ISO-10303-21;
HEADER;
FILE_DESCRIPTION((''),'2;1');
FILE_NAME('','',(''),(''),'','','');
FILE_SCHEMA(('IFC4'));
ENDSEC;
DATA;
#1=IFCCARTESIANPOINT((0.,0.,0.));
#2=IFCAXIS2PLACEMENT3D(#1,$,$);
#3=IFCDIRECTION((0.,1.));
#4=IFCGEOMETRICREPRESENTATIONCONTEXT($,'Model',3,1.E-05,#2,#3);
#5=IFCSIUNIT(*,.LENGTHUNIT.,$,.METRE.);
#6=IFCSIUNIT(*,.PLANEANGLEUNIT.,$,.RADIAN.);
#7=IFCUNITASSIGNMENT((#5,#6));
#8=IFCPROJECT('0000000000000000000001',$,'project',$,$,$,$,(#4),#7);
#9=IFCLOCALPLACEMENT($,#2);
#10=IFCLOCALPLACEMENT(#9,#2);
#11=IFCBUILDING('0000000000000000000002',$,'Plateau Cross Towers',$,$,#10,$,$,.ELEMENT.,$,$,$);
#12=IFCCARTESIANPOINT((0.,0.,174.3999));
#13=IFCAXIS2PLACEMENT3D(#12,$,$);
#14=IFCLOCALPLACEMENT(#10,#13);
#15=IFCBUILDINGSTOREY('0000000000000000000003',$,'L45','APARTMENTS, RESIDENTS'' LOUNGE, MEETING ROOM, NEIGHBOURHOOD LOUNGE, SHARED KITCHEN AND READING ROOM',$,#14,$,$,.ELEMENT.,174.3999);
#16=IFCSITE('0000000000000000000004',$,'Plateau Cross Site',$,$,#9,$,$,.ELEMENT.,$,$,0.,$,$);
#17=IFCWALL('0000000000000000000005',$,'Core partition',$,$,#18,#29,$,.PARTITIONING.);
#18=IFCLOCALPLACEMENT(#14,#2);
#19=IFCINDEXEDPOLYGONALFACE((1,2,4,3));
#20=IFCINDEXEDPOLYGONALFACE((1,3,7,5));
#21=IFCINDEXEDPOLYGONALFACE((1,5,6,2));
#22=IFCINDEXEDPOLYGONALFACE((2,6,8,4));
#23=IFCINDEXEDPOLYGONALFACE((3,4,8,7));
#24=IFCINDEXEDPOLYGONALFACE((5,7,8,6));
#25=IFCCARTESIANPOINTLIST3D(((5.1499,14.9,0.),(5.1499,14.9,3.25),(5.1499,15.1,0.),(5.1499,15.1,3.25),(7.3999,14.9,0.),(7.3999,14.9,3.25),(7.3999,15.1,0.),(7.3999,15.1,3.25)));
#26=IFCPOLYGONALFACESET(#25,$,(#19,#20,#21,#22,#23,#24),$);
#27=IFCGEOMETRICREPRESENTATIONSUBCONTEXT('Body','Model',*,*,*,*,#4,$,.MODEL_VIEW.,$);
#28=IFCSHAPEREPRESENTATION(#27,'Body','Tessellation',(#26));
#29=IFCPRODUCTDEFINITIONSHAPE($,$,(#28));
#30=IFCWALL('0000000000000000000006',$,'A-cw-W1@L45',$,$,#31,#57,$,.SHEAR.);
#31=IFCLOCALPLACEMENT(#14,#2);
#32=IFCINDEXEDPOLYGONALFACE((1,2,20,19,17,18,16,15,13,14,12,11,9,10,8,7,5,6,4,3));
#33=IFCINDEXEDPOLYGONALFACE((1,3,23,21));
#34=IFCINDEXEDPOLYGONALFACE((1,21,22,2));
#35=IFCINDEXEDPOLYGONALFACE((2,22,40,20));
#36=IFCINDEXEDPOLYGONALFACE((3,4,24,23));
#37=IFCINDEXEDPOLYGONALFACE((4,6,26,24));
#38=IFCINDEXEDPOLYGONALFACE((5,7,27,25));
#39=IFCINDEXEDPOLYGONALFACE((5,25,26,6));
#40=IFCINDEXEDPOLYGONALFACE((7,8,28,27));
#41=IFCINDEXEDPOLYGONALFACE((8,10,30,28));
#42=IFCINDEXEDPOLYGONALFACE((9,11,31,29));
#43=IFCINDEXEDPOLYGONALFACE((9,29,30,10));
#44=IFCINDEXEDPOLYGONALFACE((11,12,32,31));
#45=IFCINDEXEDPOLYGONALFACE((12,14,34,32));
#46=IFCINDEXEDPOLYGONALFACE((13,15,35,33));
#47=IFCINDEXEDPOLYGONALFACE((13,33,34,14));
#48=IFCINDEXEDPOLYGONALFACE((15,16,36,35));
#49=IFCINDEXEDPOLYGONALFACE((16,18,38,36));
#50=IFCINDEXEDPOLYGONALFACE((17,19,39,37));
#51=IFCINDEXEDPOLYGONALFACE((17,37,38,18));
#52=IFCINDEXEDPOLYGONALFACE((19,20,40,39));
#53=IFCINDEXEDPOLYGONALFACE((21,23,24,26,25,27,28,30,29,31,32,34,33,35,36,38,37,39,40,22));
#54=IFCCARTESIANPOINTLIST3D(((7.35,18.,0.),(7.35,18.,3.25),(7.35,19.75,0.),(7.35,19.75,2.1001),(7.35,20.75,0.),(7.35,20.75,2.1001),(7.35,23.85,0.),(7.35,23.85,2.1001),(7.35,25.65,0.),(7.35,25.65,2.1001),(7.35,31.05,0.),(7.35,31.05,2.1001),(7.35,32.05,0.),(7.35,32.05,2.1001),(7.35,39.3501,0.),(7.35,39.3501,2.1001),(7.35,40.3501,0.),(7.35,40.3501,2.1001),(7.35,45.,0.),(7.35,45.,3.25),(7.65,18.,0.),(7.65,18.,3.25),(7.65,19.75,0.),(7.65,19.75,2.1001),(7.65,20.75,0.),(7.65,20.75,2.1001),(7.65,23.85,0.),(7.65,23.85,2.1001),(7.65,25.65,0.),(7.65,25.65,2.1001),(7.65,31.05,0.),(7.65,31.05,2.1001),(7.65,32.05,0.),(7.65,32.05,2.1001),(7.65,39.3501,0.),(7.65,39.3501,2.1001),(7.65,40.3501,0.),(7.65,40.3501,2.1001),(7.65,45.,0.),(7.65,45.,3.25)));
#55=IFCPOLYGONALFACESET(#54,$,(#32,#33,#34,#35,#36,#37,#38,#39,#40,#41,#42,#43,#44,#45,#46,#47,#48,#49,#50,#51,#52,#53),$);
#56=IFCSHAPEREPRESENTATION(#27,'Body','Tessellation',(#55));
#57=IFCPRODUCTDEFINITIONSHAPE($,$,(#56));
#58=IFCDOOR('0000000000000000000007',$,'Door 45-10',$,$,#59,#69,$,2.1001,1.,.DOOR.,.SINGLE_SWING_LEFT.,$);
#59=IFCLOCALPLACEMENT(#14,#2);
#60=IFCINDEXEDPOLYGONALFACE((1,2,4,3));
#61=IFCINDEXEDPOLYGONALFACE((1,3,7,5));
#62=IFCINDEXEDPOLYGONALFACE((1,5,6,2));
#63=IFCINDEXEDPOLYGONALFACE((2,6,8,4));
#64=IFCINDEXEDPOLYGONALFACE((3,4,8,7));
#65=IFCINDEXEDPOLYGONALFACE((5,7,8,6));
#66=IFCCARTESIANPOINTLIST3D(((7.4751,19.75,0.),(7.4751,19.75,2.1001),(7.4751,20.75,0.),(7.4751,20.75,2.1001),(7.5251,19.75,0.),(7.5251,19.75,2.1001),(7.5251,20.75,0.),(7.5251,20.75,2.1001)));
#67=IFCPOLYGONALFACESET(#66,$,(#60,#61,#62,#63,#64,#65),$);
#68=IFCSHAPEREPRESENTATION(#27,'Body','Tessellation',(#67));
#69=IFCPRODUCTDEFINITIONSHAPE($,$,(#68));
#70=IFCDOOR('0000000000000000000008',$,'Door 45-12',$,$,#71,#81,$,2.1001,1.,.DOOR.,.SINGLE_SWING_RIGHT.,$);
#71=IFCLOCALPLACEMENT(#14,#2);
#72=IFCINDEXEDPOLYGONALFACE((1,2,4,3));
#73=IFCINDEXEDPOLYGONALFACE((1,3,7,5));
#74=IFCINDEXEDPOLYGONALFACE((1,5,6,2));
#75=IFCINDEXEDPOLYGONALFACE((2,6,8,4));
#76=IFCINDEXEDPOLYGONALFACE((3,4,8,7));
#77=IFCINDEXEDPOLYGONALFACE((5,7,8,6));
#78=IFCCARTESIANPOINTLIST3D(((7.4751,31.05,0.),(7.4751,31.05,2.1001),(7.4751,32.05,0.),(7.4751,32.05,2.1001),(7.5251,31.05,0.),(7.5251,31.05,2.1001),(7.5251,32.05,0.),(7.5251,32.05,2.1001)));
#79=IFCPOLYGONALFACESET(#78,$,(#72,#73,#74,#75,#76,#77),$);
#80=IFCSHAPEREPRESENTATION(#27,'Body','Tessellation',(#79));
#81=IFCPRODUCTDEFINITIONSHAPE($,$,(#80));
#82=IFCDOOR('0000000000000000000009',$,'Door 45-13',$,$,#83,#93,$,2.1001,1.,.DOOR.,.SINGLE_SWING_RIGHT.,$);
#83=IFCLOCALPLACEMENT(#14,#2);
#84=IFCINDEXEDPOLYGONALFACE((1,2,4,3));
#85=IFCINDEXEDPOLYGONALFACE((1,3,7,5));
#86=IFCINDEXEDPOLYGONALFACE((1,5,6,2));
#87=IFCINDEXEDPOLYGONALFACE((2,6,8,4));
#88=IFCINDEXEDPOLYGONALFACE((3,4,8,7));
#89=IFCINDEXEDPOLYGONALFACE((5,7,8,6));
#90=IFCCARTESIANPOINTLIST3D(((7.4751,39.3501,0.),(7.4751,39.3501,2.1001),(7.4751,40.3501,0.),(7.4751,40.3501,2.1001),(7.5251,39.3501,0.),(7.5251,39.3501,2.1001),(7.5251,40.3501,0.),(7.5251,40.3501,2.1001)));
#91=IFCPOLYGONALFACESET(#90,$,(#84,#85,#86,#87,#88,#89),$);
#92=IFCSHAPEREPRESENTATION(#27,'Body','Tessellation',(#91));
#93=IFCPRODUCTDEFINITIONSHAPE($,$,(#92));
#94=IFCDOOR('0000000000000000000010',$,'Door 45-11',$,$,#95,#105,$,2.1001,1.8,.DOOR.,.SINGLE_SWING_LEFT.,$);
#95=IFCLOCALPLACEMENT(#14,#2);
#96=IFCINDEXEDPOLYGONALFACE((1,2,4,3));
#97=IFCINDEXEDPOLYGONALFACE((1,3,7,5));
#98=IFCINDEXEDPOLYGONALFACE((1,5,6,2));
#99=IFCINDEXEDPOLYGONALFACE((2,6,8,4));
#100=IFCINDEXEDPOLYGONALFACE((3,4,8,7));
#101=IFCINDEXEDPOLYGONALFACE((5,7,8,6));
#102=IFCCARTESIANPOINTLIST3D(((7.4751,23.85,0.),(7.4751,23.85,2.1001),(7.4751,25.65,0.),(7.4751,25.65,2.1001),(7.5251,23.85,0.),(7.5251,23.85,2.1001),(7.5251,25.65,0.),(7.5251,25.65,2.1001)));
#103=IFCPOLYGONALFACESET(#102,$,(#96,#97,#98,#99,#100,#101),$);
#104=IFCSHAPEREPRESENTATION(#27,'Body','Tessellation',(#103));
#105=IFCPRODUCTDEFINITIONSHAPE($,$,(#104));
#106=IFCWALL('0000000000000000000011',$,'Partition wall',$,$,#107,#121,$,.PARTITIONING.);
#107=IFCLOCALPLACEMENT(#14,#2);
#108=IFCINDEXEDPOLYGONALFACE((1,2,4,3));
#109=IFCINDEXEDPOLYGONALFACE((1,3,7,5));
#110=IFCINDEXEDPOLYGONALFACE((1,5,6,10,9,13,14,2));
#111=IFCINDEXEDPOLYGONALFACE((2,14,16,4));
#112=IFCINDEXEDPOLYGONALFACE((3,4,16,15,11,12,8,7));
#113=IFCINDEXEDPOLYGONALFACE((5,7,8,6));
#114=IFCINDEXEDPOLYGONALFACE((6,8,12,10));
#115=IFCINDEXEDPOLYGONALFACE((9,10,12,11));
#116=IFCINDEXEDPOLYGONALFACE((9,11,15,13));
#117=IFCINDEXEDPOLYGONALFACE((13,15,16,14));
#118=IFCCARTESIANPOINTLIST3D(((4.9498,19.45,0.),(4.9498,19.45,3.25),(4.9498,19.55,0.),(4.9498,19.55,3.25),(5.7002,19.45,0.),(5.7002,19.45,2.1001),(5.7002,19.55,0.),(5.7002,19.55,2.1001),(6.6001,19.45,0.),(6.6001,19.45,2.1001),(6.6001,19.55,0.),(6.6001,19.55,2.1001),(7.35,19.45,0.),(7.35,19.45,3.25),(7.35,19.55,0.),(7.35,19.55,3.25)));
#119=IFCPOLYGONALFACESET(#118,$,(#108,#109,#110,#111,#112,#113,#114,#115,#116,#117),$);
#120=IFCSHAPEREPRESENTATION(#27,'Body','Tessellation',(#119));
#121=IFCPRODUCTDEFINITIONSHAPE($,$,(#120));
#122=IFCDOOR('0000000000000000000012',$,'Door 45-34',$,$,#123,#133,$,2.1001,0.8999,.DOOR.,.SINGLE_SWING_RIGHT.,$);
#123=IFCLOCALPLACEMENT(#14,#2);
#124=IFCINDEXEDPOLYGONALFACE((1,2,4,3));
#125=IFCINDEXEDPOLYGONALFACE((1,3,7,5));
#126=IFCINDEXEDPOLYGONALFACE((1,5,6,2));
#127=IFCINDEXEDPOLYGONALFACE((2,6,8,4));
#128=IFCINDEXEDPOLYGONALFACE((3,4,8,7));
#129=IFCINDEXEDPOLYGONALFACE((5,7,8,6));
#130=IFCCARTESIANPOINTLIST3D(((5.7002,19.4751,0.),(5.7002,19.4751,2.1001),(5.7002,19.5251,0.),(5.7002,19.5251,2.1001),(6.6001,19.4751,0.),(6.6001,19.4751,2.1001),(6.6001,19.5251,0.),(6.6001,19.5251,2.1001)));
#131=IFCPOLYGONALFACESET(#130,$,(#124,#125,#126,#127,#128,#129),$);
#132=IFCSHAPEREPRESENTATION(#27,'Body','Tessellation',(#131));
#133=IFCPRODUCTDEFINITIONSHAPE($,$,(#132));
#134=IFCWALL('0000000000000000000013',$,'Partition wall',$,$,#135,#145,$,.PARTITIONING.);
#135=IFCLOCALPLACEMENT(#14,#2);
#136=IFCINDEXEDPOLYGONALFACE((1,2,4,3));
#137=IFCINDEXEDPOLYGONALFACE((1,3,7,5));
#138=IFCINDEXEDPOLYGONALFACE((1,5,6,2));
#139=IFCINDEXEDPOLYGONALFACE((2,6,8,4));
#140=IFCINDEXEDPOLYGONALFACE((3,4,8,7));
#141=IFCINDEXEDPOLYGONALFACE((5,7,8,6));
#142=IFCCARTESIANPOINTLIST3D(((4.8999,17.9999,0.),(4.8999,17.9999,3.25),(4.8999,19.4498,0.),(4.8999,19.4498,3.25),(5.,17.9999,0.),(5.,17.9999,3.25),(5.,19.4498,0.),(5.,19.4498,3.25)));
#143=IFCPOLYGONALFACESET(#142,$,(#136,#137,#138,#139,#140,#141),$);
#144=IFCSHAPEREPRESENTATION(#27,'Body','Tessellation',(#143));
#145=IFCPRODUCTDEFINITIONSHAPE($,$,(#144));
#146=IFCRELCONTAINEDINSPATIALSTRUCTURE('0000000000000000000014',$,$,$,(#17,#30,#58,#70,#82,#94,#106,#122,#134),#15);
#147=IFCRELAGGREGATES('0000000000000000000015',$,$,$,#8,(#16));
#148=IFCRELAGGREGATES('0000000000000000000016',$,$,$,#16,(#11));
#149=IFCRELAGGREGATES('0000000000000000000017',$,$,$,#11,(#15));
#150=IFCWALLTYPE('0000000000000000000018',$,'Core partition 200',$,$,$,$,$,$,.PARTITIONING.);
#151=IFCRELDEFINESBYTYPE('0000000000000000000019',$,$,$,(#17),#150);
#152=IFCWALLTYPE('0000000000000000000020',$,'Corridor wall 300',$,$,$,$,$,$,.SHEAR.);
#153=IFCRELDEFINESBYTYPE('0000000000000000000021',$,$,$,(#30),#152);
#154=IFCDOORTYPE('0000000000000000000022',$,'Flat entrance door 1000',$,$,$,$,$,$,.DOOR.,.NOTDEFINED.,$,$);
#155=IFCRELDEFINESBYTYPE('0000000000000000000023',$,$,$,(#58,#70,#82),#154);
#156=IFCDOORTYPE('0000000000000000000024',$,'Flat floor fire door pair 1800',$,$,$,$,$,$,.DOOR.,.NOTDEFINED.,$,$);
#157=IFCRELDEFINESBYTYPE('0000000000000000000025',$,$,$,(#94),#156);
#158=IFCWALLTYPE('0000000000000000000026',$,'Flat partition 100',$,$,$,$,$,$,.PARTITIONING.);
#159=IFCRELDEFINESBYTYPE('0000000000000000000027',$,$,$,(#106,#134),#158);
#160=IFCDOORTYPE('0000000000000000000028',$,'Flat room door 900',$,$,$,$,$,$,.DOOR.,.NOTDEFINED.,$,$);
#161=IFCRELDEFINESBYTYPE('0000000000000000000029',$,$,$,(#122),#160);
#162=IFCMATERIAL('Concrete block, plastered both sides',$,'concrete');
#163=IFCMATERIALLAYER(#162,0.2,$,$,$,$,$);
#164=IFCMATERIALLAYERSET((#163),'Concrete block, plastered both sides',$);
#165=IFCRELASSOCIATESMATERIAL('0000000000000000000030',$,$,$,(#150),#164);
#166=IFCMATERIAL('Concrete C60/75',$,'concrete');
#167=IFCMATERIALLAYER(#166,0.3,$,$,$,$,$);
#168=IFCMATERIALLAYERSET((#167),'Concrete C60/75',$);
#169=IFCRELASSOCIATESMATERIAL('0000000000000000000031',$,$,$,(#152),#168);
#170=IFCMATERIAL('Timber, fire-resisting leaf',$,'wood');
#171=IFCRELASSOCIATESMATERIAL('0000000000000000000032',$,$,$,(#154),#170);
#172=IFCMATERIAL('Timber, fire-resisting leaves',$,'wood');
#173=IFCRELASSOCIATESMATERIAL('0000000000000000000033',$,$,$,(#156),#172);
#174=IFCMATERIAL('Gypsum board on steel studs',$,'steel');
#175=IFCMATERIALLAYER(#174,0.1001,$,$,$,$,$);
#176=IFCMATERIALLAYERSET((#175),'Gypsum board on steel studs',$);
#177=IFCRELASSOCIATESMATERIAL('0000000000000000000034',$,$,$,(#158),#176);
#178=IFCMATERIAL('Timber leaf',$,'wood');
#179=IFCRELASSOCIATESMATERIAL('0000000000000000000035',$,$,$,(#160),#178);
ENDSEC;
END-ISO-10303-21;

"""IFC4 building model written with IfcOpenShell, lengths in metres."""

from ifc_helpers import new_model, si_unit, direction, frame, frame_2d, origin, place, context, subcontext, project, spatial, rectangle, extrude, material, layer, layer_set, type_object, element, fill, save


model = new_model("IFC4")

# Units and contexts
model_context = context("Model", 3, precision=1e-05, world=origin(), true_north=direction((0.0, 1.0)))
body_context = subcontext(model_context, "Body", "Model", "MODEL_VIEW")
ifc_project = project(units=[si_unit("LENGTHUNIT", "METRE"), si_unit("PLANEANGLEUNIT", "RADIAN")], contexts=[model_context])

# Site, building, storey
site_placement = place(None, origin())
site = spatial("IfcSite", under=ifc_project, at=site_placement, Name="Plateau Cross Site", CompositionType="ELEMENT", RefElevation=0.0)
building_placement = place(site_placement, origin())
building = spatial("IfcBuilding", under=site, at=building_placement, Name="Plateau Cross Towers", CompositionType="ELEMENT")
storey_placement = place(building_placement, frame((0.0, 0.0, 174.3999)))
storey = spatial("IfcBuildingStorey", under=building, at=storey_placement, Name="L45", Description="APARTMENTS, RESIDENTS' LOUNGE, MEETING ROOM, NEIGHBOURHOOD LOUNGE, SHARED KITCHEN AND READING ROOM", CompositionType="ELEMENT", Elevation=174.3999)

# Wall
ifc_material_1 = material(Name="Concrete block, plastered both sides", Category="concrete")
ifc_layer_1 = layer(ifc_material_1, 0.2)
ifc_layer_set_1 = layer_set([ifc_layer_1], Name="Concrete block, plastered both sides")
wall_type_1 = type_object("IfcWallType", Name="Core partition 200", PredefinedType="PARTITIONING", material=ifc_layer_set_1)
wall_1_placement = place(storey_placement, frame((5.1499, 15.0, 0.0), z_axis=(0.0, 0.0, 1.0), x_axis=(1.0, 0.0, 0.0)))
element("IfcWall", 1, at=wall_1_placement, inside=storey, type_object=wall_type_1, Name="Core partition", PredefinedType="PARTITIONING", context=body_context, shape_type="SweptSolid", body=[
    extrude(rectangle(XDim=2.25, YDim=0.2, at=frame_2d((1.125, 0.0))), origin(), (0.0, 0.0, 1.0), 3.25),
])

# Wall, openings, doors
ifc_material_2 = material(Name="Concrete C60/75", Category="concrete")
ifc_layer_2 = layer(ifc_material_2, 0.3)
ifc_layer_set_2 = layer_set([ifc_layer_2], Name="Concrete C60/75")
wall_type_2 = type_object("IfcWallType", Name="Corridor wall 300", PredefinedType="SHEAR", material=ifc_layer_set_2)
wall_2_placement = place(storey_placement, frame((7.5, 18.0, 0.0), z_axis=(0.0, 0.0, 1.0), x_axis=(0.0, 1.0, 0.0)))
wall_2 = element("IfcWall", 2, at=wall_2_placement, inside=storey, type_object=wall_type_2, Name="A-cw-W1@L45", PredefinedType="SHEAR", context=body_context, shape_type="SweptSolid", body=[
    extrude(rectangle(XDim=27.0, YDim=0.3, at=frame_2d((13.5, 0.0))), origin(), (0.0, 0.0, 1.0), 3.25),
])
opening_1_placement = place(wall_2_placement, frame((1.75, 0.0, 0.0)))
opening_1 = element("IfcOpeningElement", 3, at=opening_1_placement, cuts=wall_2, PredefinedType="OPENING", context=body_context, shape_type="SweptSolid", body=[
    extrude(rectangle(XDim=1.0, YDim=2.1001, at=frame_2d((0.5, 1.05))), frame((0.0, 0.1599, 0.0), z_axis=(0.0, -1.0, 0.0), x_axis=(1.0, 0.0, 0.0)), (0.0, 0.0, 1.0), 0.3201),
])
opening_2_placement = place(wall_2_placement, frame((5.8501, 0.0, 0.0)))
opening_2 = element("IfcOpeningElement", 4, at=opening_2_placement, cuts=wall_2, PredefinedType="OPENING", context=body_context, shape_type="SweptSolid", body=[
    extrude(rectangle(XDim=1.8, YDim=2.1001, at=frame_2d((0.8999, 1.05))), frame((0.0, 0.1599, 0.0), z_axis=(0.0, -1.0, 0.0), x_axis=(1.0, 0.0, 0.0)), (0.0, 0.0, 1.0), 0.3201),
])
opening_3_placement = place(wall_2_placement, frame((13.05, 0.0, 0.0)))
opening_3 = element("IfcOpeningElement", 5, at=opening_3_placement, cuts=wall_2, PredefinedType="OPENING", context=body_context, shape_type="SweptSolid", body=[
    extrude(rectangle(XDim=1.0, YDim=2.1001, at=frame_2d((0.5, 1.05))), frame((0.0, 0.1599, 0.0), z_axis=(0.0, -1.0, 0.0), x_axis=(1.0, 0.0, 0.0)), (0.0, 0.0, 1.0), 0.3201),
])
opening_4_placement = place(wall_2_placement, frame((21.3501, 0.0, 0.0)))
opening_4 = element("IfcOpeningElement", 6, at=opening_4_placement, cuts=wall_2, PredefinedType="OPENING", context=body_context, shape_type="SweptSolid", body=[
    extrude(rectangle(XDim=1.0, YDim=2.1001, at=frame_2d((0.5, 1.05))), frame((0.0, 0.1599, 0.0), z_axis=(0.0, -1.0, 0.0), x_axis=(1.0, 0.0, 0.0)), (0.0, 0.0, 1.0), 0.3201),
])
ifc_material_3 = material(Name="Timber, fire-resisting leaf", Category="wood")
door_type_1 = type_object("IfcDoorType", Name="Flat entrance door 1000", OperationType="NOTDEFINED", PredefinedType="DOOR", material=ifc_material_3)
door_1_placement = place(opening_1_placement, origin())
door_1 = element("IfcDoor", 7, at=door_1_placement, inside=storey, type_object=door_type_1, Name="Door 45-10", OperationType="SINGLE_SWING_LEFT", OverallHeight=2.1001, OverallWidth=1.0, PredefinedType="DOOR", context=body_context, shape_type="SweptSolid", body=[
    extrude(rectangle(XDim=1.0, YDim=2.1001, at=frame_2d((0.5, 1.05))), frame((0.0, 0.0249, 0.0), z_axis=(0.0, -1.0, 0.0), x_axis=(1.0, 0.0, 0.0)), (0.0, 0.0, 1.0), 0.05),
])
fill(opening_1, door_1)
door_2_placement = place(opening_3_placement, origin())
door_2 = element("IfcDoor", 8, at=door_2_placement, inside=storey, type_object=door_type_1, Name="Door 45-12", OperationType="SINGLE_SWING_RIGHT", OverallHeight=2.1001, OverallWidth=1.0, PredefinedType="DOOR", context=body_context, shape_type="SweptSolid", body=[
    extrude(rectangle(XDim=1.0, YDim=2.1001, at=frame_2d((0.5, 1.05))), frame((0.0, 0.0249, 0.0), z_axis=(0.0, -1.0, 0.0), x_axis=(1.0, 0.0, 0.0)), (0.0, 0.0, 1.0), 0.05),
])
fill(opening_3, door_2)
door_3_placement = place(opening_4_placement, origin())
door_3 = element("IfcDoor", 9, at=door_3_placement, inside=storey, type_object=door_type_1, Name="Door 45-13", OperationType="SINGLE_SWING_RIGHT", OverallHeight=2.1001, OverallWidth=1.0, PredefinedType="DOOR", context=body_context, shape_type="SweptSolid", body=[
    extrude(rectangle(XDim=1.0, YDim=2.1001, at=frame_2d((0.5, 1.05))), frame((0.0, 0.0249, 0.0), z_axis=(0.0, -1.0, 0.0), x_axis=(1.0, 0.0, 0.0)), (0.0, 0.0, 1.0), 0.05),
])
fill(opening_4, door_3)
ifc_material_4 = material(Name="Timber, fire-resisting leaves", Category="wood")
door_type_2 = type_object("IfcDoorType", Name="Flat floor fire door pair 1800", OperationType="NOTDEFINED", PredefinedType="DOOR", material=ifc_material_4)
door_4_placement = place(opening_2_placement, origin())
door_4 = element("IfcDoor", 10, at=door_4_placement, inside=storey, type_object=door_type_2, Name="Door 45-11", OperationType="SINGLE_SWING_LEFT", OverallHeight=2.1001, OverallWidth=1.8, PredefinedType="DOOR", context=body_context, shape_type="SweptSolid", body=[
    extrude(rectangle(XDim=1.8, YDim=2.1001, at=frame_2d((0.8999, 1.05))), frame((0.0, 0.0249, 0.0), z_axis=(0.0, -1.0, 0.0), x_axis=(1.0, 0.0, 0.0)), (0.0, 0.0, 1.0), 0.05),
])
fill(opening_2, door_4)

# Wall, opening, door
ifc_material_5 = material(Name="Gypsum board on steel studs", Category="steel")
ifc_layer_3 = layer(ifc_material_5, 0.1001)
ifc_layer_set_3 = layer_set([ifc_layer_3], Name="Gypsum board on steel studs")
wall_type_3 = type_object("IfcWallType", Name="Flat partition 100", PredefinedType="PARTITIONING", material=ifc_layer_set_3)
wall_3_placement = place(storey_placement, frame((7.3501, 19.5, 0.0), z_axis=(0.0, 0.0, 1.0), x_axis=(-1.0, 0.0, 0.0)))
wall_3 = element("IfcWall", 11, at=wall_3_placement, inside=storey, type_object=wall_type_3, Name="Partition wall", PredefinedType="PARTITIONING", context=body_context, shape_type="SweptSolid", body=[
    extrude(rectangle(XDim=2.4001, YDim=0.1001, at=frame_2d((1.2002, 0.0))), origin(), (0.0, 0.0, 1.0), 3.25),
])
opening_5_placement = place(wall_3_placement, frame((0.75, 0.0, 0.0)))
opening_5 = element("IfcOpeningElement", 12, at=opening_5_placement, cuts=wall_3, PredefinedType="OPENING", context=body_context, shape_type="SweptSolid", body=[
    extrude(rectangle(XDim=0.8999, YDim=2.1001, at=frame_2d((0.45, 1.05))), frame((0.0, 0.0601, 0.0), z_axis=(0.0, -1.0, 0.0), x_axis=(1.0, 0.0, 0.0)), (0.0, 0.0, 1.0), 0.1201),
])
ifc_material_6 = material(Name="Timber leaf", Category="wood")
door_type_3 = type_object("IfcDoorType", Name="Flat room door 900", OperationType="NOTDEFINED", PredefinedType="DOOR", material=ifc_material_6)
door_5_placement = place(opening_5_placement, origin())
door_5 = element("IfcDoor", 13, at=door_5_placement, inside=storey, type_object=door_type_3, Name="Door 45-34", OperationType="SINGLE_SWING_RIGHT", OverallHeight=2.1001, OverallWidth=0.8999, PredefinedType="DOOR", context=body_context, shape_type="SweptSolid", body=[
    extrude(rectangle(XDim=0.8999, YDim=2.1001, at=frame_2d((0.45, 1.05))), frame((0.0, 0.0249, 0.0), z_axis=(0.0, -1.0, 0.0), x_axis=(1.0, 0.0, 0.0)), (0.0, 0.0, 1.0), 0.05),
])
fill(opening_5, door_5)

# Wall
wall_4_placement = place(storey_placement, frame((4.95, 19.45, 0.0), z_axis=(0.0, 0.0, 1.0), x_axis=(0.0, -1.0, 0.0)))
element("IfcWall", 14, at=wall_4_placement, inside=storey, type_object=wall_type_3, Name="Partition wall", PredefinedType="PARTITIONING", context=body_context, shape_type="SweptSolid", body=[
    extrude(rectangle(XDim=1.45, YDim=0.1001, at=frame_2d((0.7251, 0.0))), origin(), (0.0, 0.0, 1.0), 3.25),
])

save(model, "model.ifc")
